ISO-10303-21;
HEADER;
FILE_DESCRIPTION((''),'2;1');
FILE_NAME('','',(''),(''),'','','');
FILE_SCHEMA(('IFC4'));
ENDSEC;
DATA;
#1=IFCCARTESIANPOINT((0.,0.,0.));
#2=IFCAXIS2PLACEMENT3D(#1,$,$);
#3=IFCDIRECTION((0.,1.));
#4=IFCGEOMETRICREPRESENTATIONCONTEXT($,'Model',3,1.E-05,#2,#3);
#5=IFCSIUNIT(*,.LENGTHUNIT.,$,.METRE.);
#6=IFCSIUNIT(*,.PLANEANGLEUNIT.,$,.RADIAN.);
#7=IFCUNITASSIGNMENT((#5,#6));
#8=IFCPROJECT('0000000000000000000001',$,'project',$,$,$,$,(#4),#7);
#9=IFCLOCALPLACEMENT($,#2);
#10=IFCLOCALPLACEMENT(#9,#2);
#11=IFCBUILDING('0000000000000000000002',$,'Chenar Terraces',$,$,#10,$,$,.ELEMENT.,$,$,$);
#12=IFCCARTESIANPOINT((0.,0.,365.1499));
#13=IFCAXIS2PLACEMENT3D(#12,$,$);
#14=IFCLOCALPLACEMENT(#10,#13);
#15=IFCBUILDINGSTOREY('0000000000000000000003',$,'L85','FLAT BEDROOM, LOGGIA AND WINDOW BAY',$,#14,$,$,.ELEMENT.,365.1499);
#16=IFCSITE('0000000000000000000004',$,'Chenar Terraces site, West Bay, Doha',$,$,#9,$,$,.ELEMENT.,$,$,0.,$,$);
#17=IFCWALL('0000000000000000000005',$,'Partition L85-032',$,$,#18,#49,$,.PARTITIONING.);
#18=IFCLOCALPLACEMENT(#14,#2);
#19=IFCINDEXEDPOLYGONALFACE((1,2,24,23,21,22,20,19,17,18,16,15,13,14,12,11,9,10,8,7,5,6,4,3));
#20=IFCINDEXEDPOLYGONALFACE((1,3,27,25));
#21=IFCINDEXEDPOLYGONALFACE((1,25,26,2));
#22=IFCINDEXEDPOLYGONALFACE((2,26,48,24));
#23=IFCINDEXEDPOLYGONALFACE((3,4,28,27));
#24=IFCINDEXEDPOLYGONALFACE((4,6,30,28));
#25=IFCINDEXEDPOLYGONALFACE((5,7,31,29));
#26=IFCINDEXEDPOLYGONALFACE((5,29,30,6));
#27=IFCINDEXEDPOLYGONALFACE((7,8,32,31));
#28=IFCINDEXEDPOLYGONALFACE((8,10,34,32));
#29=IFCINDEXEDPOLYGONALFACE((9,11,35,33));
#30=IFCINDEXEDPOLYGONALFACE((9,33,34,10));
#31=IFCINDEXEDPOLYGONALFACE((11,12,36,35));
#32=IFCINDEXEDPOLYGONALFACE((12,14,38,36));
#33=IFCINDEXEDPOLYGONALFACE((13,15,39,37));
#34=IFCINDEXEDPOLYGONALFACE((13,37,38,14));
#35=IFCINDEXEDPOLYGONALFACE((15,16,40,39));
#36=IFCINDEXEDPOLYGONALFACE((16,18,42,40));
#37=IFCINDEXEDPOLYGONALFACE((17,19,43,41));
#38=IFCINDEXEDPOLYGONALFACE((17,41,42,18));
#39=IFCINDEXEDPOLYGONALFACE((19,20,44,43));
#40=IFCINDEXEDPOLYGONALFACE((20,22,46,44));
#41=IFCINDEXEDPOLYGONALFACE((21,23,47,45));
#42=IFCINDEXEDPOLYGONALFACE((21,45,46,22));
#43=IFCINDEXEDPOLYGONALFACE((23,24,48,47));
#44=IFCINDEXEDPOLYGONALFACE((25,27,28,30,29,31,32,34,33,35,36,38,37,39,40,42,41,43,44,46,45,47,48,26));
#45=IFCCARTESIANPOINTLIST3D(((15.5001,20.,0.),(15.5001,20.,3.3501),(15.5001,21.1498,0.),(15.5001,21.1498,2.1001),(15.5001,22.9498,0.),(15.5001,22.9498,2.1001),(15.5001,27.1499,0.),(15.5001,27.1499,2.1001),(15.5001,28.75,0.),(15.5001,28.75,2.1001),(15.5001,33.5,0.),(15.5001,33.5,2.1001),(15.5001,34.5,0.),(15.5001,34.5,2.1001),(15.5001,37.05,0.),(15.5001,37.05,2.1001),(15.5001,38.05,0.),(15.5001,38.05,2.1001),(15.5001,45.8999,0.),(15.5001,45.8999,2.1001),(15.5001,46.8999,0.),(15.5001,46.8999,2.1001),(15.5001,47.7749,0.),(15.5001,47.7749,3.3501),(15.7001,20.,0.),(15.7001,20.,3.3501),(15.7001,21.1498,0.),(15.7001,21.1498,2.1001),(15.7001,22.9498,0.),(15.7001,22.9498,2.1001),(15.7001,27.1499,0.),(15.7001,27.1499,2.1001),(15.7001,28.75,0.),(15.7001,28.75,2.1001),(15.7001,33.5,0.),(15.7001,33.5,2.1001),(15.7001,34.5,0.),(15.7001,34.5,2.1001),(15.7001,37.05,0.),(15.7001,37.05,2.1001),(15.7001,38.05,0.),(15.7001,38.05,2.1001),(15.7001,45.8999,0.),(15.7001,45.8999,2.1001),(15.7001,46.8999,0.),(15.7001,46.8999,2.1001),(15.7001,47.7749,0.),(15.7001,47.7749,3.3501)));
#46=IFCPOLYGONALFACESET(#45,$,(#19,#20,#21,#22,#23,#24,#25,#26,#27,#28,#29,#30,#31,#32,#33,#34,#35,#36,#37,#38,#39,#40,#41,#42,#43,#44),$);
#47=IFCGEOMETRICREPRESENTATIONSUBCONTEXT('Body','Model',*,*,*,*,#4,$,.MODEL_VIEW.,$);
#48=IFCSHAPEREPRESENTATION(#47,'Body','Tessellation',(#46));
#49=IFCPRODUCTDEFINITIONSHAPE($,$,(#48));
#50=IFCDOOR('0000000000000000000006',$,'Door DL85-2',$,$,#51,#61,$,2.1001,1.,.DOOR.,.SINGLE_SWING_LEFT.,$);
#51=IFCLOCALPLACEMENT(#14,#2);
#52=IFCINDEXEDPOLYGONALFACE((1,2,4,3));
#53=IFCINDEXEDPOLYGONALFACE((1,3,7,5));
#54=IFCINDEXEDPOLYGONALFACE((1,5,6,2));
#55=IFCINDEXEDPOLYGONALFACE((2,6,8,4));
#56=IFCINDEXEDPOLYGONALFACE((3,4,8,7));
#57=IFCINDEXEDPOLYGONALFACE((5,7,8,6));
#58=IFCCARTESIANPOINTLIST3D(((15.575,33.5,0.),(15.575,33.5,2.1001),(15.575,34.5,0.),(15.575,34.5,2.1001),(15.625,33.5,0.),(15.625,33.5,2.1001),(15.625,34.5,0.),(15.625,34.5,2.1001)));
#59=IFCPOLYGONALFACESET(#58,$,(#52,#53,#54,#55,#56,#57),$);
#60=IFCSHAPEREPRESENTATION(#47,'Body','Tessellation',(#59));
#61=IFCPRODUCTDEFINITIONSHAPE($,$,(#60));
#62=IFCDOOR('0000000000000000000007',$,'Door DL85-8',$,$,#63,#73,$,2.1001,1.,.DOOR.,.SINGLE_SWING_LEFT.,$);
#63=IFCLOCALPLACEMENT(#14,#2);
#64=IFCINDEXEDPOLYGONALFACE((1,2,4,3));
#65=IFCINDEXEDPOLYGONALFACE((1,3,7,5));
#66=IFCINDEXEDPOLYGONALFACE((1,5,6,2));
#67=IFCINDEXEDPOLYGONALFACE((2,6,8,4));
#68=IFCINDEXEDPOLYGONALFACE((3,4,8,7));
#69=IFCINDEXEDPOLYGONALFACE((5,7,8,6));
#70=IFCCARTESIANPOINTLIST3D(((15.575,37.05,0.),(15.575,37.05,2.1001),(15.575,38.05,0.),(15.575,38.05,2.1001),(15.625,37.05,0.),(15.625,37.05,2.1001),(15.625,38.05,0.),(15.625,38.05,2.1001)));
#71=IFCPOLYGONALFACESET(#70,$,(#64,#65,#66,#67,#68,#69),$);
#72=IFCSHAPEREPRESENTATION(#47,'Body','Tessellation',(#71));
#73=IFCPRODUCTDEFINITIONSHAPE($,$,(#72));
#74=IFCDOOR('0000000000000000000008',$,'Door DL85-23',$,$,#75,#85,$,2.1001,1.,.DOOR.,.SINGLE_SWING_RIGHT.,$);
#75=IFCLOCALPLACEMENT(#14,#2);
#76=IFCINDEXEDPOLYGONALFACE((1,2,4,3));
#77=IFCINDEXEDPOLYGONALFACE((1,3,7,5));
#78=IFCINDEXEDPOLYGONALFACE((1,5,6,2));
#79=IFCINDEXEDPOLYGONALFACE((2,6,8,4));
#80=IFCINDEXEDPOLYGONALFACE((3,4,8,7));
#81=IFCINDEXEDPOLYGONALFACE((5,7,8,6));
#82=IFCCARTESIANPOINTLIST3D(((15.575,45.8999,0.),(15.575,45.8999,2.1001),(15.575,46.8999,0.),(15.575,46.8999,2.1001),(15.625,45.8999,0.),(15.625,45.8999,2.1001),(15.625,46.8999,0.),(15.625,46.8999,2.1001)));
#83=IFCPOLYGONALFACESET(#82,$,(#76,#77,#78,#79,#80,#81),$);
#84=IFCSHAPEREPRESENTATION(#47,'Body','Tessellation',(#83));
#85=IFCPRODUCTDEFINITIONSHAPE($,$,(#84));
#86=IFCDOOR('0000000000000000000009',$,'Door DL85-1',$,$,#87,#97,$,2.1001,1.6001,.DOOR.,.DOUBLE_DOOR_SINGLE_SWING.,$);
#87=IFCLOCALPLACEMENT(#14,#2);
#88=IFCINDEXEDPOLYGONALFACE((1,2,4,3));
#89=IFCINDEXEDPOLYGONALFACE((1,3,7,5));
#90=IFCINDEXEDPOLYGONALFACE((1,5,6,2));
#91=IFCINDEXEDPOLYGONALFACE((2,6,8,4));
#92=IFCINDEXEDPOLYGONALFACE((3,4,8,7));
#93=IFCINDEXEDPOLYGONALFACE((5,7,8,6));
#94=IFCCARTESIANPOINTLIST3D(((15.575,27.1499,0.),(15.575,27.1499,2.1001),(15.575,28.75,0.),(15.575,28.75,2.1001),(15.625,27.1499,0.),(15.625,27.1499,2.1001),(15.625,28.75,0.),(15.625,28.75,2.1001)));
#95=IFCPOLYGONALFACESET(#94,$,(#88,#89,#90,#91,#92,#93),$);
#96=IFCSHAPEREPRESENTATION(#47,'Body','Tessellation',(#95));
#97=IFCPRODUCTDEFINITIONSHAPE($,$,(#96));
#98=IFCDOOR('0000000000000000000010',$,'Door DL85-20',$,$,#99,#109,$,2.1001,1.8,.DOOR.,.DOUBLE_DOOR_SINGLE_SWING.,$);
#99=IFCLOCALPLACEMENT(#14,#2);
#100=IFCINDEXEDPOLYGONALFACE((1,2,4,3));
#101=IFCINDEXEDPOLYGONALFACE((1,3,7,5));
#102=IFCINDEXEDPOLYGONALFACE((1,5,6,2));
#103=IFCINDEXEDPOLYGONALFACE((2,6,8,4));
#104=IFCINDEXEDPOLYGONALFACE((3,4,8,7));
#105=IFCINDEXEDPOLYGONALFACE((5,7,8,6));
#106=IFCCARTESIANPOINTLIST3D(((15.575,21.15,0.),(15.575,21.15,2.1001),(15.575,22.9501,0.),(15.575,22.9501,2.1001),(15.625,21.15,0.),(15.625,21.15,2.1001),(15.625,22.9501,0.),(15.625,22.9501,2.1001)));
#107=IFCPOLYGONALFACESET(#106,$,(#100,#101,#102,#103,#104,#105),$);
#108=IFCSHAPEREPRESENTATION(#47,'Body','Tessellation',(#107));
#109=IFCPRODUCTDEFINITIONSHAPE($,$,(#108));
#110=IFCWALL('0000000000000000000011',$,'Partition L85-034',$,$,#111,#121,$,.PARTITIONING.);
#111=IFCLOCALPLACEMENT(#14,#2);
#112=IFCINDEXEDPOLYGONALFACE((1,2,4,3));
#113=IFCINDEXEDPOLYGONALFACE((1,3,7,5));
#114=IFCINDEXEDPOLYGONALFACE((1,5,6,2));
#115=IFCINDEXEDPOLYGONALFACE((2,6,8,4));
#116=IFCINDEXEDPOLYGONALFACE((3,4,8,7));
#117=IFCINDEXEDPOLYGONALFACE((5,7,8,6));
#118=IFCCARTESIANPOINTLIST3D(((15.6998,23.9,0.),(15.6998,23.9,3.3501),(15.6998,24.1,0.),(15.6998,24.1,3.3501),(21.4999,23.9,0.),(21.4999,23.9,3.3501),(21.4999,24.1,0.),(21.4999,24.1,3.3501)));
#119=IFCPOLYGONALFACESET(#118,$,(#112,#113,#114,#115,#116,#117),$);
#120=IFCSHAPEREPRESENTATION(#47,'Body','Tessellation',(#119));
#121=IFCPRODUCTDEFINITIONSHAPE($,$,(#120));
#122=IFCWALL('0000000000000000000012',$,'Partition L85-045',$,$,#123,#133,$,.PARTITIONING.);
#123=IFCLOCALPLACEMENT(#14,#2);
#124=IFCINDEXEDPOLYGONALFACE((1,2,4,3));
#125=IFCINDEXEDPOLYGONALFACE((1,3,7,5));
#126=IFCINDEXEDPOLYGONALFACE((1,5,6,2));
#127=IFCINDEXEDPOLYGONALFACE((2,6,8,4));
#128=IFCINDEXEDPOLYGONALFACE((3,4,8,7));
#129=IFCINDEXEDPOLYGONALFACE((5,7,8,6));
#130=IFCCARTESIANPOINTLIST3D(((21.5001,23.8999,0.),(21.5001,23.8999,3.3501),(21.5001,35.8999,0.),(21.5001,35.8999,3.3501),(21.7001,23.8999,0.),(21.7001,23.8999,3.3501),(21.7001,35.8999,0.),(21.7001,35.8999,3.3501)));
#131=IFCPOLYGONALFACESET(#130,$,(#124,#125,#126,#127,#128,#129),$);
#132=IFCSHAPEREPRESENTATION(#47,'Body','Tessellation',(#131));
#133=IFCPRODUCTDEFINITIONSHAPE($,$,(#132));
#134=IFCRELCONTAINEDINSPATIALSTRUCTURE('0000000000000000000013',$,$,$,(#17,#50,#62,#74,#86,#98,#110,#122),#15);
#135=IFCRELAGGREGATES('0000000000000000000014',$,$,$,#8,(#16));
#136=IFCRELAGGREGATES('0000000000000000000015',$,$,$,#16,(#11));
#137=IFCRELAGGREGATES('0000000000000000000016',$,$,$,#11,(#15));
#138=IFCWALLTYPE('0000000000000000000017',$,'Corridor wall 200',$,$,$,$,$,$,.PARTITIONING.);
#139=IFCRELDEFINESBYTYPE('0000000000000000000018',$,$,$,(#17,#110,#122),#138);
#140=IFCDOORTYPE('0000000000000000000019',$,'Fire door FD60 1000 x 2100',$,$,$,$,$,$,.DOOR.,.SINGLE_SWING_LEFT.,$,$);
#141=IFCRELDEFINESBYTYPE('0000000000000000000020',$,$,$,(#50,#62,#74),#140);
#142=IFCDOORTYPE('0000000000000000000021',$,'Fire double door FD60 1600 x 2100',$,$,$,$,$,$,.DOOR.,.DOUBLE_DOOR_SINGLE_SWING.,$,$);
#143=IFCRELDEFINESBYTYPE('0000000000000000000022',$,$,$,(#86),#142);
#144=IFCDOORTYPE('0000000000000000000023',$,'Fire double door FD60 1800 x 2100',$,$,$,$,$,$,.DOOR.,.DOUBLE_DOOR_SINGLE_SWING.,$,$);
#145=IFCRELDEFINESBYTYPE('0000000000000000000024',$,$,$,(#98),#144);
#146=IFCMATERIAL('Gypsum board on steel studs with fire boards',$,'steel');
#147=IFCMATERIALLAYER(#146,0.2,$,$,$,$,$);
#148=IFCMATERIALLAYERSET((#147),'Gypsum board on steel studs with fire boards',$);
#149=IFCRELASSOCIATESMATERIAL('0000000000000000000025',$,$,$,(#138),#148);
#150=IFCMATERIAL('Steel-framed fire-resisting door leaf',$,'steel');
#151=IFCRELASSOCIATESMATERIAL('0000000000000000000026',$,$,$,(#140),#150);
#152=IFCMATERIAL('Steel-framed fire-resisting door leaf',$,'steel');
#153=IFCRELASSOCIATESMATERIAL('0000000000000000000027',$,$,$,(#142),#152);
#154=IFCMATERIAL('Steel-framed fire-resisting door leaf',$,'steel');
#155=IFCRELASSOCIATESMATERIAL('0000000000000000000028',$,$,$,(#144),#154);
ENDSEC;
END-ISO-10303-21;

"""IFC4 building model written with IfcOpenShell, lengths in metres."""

from ifc_helpers import new_model, si_unit, direction, frame, frame_2d, origin, place, context, subcontext, project, spatial, rectangle, extrude, material, layer, layer_set, type_object, element, fill, save


model = new_model("IFC4")

# Units and contexts
model_context = context("Model", 3, precision=1e-05, world=origin(), true_north=direction((0.0, 1.0)))
body_context = subcontext(model_context, "Body", "Model", "MODEL_VIEW")
ifc_project = project(units=[si_unit("LENGTHUNIT", "METRE"), si_unit("PLANEANGLEUNIT", "RADIAN")], contexts=[model_context])

# Site, building, storey
site_placement = place(None, origin())
site = spatial("IfcSite", under=ifc_project, at=site_placement, Name="Chenar Terraces site, West Bay, Doha", CompositionType="ELEMENT", RefElevation=0.0)
building_placement = place(site_placement, origin())
building = spatial("IfcBuilding", under=site, at=building_placement, Name="Chenar Terraces", CompositionType="ELEMENT")
storey_placement = place(building_placement, frame((0.0, 0.0, 365.1499)))
storey = spatial("IfcBuildingStorey", under=building, at=storey_placement, Name="L85", Description="FLAT BEDROOM, LOGGIA AND WINDOW BAY", CompositionType="ELEMENT", Elevation=365.1499)

# Wall, openings, doors
ifc_material_1 = material(Name="Gypsum board on steel studs with fire boards", Category="steel")
ifc_layer_1 = layer(ifc_material_1, 0.2)
ifc_layer_set_1 = layer_set([ifc_layer_1], Name="Gypsum board on steel studs with fire boards")
wall_type_1 = type_object("IfcWallType", Name="Corridor wall 200", PredefinedType="PARTITIONING", material=ifc_layer_set_1)
wall_1_placement = place(storey_placement, frame((15.6001, 20.0, 0.0), z_axis=(0.0, 0.0, 1.0), x_axis=(0.0, 1.0, 0.0)))
wall_1 = element("IfcWall", 1, at=wall_1_placement, inside=storey, type_object=wall_type_1, Name="Partition L85-032", PredefinedType="PARTITIONING", context=body_context, shape_type="SweptSolid", body=[
    extrude(rectangle(XDim=27.7749, YDim=0.2, at=frame_2d((13.8875, 0.0))), origin(), (0.0, 0.0, 1.0), 3.3501),
])
opening_1_placement = place(wall_1_placement, frame((7.1499, 0.0, 0.0)))
opening_1 = element("IfcOpeningElement", 2, at=opening_1_placement, cuts=wall_1, PredefinedType="OPENING", context=body_context, shape_type="SweptSolid", body=[
    extrude(rectangle(XDim=1.6001, YDim=2.1001, at=frame_2d((0.8, 1.05))), frame((0.0, 0.1099, 0.0), z_axis=(0.0, -1.0, 0.0), x_axis=(1.0, 0.0, 0.0)), (0.0, 0.0, 1.0), 0.22),
])
opening_2_placement = place(wall_1_placement, frame((13.5, 0.0, 0.0)))
opening_2 = element("IfcOpeningElement", 3, at=opening_2_placement, cuts=wall_1, PredefinedType="OPENING", context=body_context, shape_type="SweptSolid", body=[
    extrude(rectangle(XDim=1.0, YDim=2.1001, at=frame_2d((0.5, 1.05))), frame((0.0, 0.1099, 0.0), z_axis=(0.0, -1.0, 0.0), x_axis=(1.0, 0.0, 0.0)), (0.0, 0.0, 1.0), 0.22),
])
opening_3_placement = place(wall_1_placement, frame((17.05, 0.0, 0.0)))
opening_3 = element("IfcOpeningElement", 4, at=opening_3_placement, cuts=wall_1, PredefinedType="OPENING", context=body_context, shape_type="SweptSolid", body=[
    extrude(rectangle(XDim=1.0, YDim=2.1001, at=frame_2d((0.5, 1.05))), frame((0.0, 0.1099, 0.0), z_axis=(0.0, -1.0, 0.0), x_axis=(1.0, 0.0, 0.0)), (0.0, 0.0, 1.0), 0.22),
])
opening_4_placement = place(wall_1_placement, frame((1.1499, 0.0, 0.0)))
opening_4 = element("IfcOpeningElement", 5, at=opening_4_placement, cuts=wall_1, PredefinedType="OPENING", context=body_context, shape_type="SweptSolid", body=[
    extrude(rectangle(XDim=1.8, YDim=2.1001, at=frame_2d((0.8999, 1.05))), frame((0.0, 0.1099, 0.0), z_axis=(0.0, -1.0, 0.0), x_axis=(1.0, 0.0, 0.0)), (0.0, 0.0, 1.0), 0.22),
])
opening_5_placement = place(wall_1_placement, frame((25.8999, 0.0, 0.0)))
opening_5 = element("IfcOpeningElement", 6, at=opening_5_placement, cuts=wall_1, PredefinedType="OPENING", context=body_context, shape_type="SweptSolid", body=[
    extrude(rectangle(XDim=1.0, YDim=2.1001, at=frame_2d((0.5, 1.05))), frame((0.0, 0.1099, 0.0), z_axis=(0.0, -1.0, 0.0), x_axis=(1.0, 0.0, 0.0)), (0.0, 0.0, 1.0), 0.22),
])
ifc_material_2 = material(Name="Steel-framed fire-resisting door leaf", Category="steel")
door_type_1 = type_object("IfcDoorType", Name="Fire door FD60 1000 x 2100", OperationType="SINGLE_SWING_LEFT", PredefinedType="DOOR", material=ifc_material_2)
door_1_placement = place(opening_2_placement, frame((1.0, 0.0, 0.0), z_axis=(0.0, 0.0, 1.0), x_axis=(-1.0, 0.0, 0.0)))
door_1 = element("IfcDoor", 7, at=door_1_placement, inside=storey, type_object=door_type_1, Name="Door DL85-2", OperationType="SINGLE_SWING_LEFT", OverallHeight=2.1001, OverallWidth=1.0, PredefinedType="DOOR", context=body_context, shape_type="SweptSolid", body=[
    extrude(rectangle(XDim=1.0, YDim=2.1001, at=frame_2d((0.5, 1.05))), frame((0.0, 0.0249, 0.0), z_axis=(0.0, -1.0, 0.0), x_axis=(1.0, 0.0, 0.0)), (0.0, 0.0, 1.0), 0.05),
])
fill(opening_2, door_1)
door_2_placement = place(opening_3_placement, frame((1.0, 0.0, 0.0), z_axis=(0.0, 0.0, 1.0), x_axis=(-1.0, 0.0, 0.0)))
door_2 = element("IfcDoor", 8, at=door_2_placement, inside=storey, type_object=door_type_1, Name="Door DL85-8", OperationType="SINGLE_SWING_LEFT", OverallHeight=2.1001, OverallWidth=1.0, PredefinedType="DOOR", context=body_context, shape_type="SweptSolid", body=[
    extrude(rectangle(XDim=1.0, YDim=2.1001, at=frame_2d((0.5, 1.05))), frame((0.0, 0.0249, 0.0), z_axis=(0.0, -1.0, 0.0), x_axis=(1.0, 0.0, 0.0)), (0.0, 0.0, 1.0), 0.05),
])
fill(opening_3, door_2)
door_3_placement = place(opening_5_placement, frame((1.0, 0.0, 0.0), z_axis=(0.0, 0.0, 1.0), x_axis=(-1.0, 0.0, 0.0)))
door_3 = element("IfcDoor", 9, at=door_3_placement, inside=storey, type_object=door_type_1, Name="Door DL85-23", OperationType="SINGLE_SWING_RIGHT", OverallHeight=2.1001, OverallWidth=1.0, PredefinedType="DOOR", context=body_context, shape_type="SweptSolid", body=[
    extrude(rectangle(XDim=1.0, YDim=2.1001, at=frame_2d((0.5, 1.05))), frame((0.0, 0.0249, 0.0), z_axis=(0.0, -1.0, 0.0), x_axis=(1.0, 0.0, 0.0)), (0.0, 0.0, 1.0), 0.05),
])
fill(opening_5, door_3)
ifc_material_3 = material(Name="Steel-framed fire-resisting door leaf", Category="steel")
door_type_2 = type_object("IfcDoorType", Name="Fire double door FD60 1600 x 2100", OperationType="DOUBLE_DOOR_SINGLE_SWING", PredefinedType="DOOR", material=ifc_material_3)
door_4_placement = place(opening_1_placement, frame((1.6001, 0.0, 0.0), z_axis=(0.0, 0.0, 1.0), x_axis=(-1.0, 0.0, 0.0)))
door_4 = element("IfcDoor", 10, at=door_4_placement, inside=storey, type_object=door_type_2, Name="Door DL85-1", OperationType="DOUBLE_DOOR_SINGLE_SWING", OverallHeight=2.1001, OverallWidth=1.6001, PredefinedType="DOOR", context=body_context, shape_type="SweptSolid", body=[
    extrude(rectangle(XDim=1.6001, YDim=2.1001, at=frame_2d((0.8, 1.05))), frame((0.0, 0.0249, 0.0), z_axis=(0.0, -1.0, 0.0), x_axis=(1.0, 0.0, 0.0)), (0.0, 0.0, 1.0), 0.05),
])
fill(opening_1, door_4)
ifc_material_4 = material(Name="Steel-framed fire-resisting door leaf", Category="steel")
door_type_3 = type_object("IfcDoorType", Name="Fire double door FD60 1800 x 2100", OperationType="DOUBLE_DOOR_SINGLE_SWING", PredefinedType="DOOR", material=ifc_material_4)
door_5_placement = place(opening_4_placement, frame((1.8, 0.0, 0.0), z_axis=(0.0, 0.0, 1.0), x_axis=(-1.0, 0.0, 0.0)))
door_5 = element("IfcDoor", 11, at=door_5_placement, inside=storey, type_object=door_type_3, Name="Door DL85-20", OperationType="DOUBLE_DOOR_SINGLE_SWING", OverallHeight=2.1001, OverallWidth=1.8, PredefinedType="DOOR", context=body_context, shape_type="SweptSolid", body=[
    extrude(rectangle(XDim=1.8, YDim=2.1001, at=frame_2d((0.8999, 1.05))), frame((0.0, 0.0249, 0.0), z_axis=(0.0, -1.0, 0.0), x_axis=(1.0, 0.0, 0.0)), (0.0, 0.0, 1.0), 0.05),
])
fill(opening_4, door_5)

# Walls
wall_2_placement = place(storey_placement, frame((15.7, 24.0, 0.0), z_axis=(0.0, 0.0, 1.0), x_axis=(1.0, 0.0, 0.0)))
element("IfcWall", 12, at=wall_2_placement, inside=storey, type_object=wall_type_1, Name="Partition L85-034", PredefinedType="PARTITIONING", context=body_context, shape_type="SweptSolid", body=[
    extrude(rectangle(XDim=5.8, YDim=0.2, at=frame_2d((2.8999, 0.0))), origin(), (0.0, 0.0, 1.0), 3.3501),
])
wall_3_placement = place(storey_placement, frame((21.6001, 23.8999, 0.0), z_axis=(0.0, 0.0, 1.0), x_axis=(0.0, 1.0, 0.0)))
element("IfcWall", 13, at=wall_3_placement, inside=storey, type_object=wall_type_1, Name="Partition L85-045", PredefinedType="PARTITIONING", context=body_context, shape_type="SweptSolid", body=[
    extrude(rectangle(XDim=12.0, YDim=0.2, at=frame_2d((6.0, 0.0))), origin(), (0.0, 0.0, 1.0), 3.3501),
])

save(model, "model.ifc")
